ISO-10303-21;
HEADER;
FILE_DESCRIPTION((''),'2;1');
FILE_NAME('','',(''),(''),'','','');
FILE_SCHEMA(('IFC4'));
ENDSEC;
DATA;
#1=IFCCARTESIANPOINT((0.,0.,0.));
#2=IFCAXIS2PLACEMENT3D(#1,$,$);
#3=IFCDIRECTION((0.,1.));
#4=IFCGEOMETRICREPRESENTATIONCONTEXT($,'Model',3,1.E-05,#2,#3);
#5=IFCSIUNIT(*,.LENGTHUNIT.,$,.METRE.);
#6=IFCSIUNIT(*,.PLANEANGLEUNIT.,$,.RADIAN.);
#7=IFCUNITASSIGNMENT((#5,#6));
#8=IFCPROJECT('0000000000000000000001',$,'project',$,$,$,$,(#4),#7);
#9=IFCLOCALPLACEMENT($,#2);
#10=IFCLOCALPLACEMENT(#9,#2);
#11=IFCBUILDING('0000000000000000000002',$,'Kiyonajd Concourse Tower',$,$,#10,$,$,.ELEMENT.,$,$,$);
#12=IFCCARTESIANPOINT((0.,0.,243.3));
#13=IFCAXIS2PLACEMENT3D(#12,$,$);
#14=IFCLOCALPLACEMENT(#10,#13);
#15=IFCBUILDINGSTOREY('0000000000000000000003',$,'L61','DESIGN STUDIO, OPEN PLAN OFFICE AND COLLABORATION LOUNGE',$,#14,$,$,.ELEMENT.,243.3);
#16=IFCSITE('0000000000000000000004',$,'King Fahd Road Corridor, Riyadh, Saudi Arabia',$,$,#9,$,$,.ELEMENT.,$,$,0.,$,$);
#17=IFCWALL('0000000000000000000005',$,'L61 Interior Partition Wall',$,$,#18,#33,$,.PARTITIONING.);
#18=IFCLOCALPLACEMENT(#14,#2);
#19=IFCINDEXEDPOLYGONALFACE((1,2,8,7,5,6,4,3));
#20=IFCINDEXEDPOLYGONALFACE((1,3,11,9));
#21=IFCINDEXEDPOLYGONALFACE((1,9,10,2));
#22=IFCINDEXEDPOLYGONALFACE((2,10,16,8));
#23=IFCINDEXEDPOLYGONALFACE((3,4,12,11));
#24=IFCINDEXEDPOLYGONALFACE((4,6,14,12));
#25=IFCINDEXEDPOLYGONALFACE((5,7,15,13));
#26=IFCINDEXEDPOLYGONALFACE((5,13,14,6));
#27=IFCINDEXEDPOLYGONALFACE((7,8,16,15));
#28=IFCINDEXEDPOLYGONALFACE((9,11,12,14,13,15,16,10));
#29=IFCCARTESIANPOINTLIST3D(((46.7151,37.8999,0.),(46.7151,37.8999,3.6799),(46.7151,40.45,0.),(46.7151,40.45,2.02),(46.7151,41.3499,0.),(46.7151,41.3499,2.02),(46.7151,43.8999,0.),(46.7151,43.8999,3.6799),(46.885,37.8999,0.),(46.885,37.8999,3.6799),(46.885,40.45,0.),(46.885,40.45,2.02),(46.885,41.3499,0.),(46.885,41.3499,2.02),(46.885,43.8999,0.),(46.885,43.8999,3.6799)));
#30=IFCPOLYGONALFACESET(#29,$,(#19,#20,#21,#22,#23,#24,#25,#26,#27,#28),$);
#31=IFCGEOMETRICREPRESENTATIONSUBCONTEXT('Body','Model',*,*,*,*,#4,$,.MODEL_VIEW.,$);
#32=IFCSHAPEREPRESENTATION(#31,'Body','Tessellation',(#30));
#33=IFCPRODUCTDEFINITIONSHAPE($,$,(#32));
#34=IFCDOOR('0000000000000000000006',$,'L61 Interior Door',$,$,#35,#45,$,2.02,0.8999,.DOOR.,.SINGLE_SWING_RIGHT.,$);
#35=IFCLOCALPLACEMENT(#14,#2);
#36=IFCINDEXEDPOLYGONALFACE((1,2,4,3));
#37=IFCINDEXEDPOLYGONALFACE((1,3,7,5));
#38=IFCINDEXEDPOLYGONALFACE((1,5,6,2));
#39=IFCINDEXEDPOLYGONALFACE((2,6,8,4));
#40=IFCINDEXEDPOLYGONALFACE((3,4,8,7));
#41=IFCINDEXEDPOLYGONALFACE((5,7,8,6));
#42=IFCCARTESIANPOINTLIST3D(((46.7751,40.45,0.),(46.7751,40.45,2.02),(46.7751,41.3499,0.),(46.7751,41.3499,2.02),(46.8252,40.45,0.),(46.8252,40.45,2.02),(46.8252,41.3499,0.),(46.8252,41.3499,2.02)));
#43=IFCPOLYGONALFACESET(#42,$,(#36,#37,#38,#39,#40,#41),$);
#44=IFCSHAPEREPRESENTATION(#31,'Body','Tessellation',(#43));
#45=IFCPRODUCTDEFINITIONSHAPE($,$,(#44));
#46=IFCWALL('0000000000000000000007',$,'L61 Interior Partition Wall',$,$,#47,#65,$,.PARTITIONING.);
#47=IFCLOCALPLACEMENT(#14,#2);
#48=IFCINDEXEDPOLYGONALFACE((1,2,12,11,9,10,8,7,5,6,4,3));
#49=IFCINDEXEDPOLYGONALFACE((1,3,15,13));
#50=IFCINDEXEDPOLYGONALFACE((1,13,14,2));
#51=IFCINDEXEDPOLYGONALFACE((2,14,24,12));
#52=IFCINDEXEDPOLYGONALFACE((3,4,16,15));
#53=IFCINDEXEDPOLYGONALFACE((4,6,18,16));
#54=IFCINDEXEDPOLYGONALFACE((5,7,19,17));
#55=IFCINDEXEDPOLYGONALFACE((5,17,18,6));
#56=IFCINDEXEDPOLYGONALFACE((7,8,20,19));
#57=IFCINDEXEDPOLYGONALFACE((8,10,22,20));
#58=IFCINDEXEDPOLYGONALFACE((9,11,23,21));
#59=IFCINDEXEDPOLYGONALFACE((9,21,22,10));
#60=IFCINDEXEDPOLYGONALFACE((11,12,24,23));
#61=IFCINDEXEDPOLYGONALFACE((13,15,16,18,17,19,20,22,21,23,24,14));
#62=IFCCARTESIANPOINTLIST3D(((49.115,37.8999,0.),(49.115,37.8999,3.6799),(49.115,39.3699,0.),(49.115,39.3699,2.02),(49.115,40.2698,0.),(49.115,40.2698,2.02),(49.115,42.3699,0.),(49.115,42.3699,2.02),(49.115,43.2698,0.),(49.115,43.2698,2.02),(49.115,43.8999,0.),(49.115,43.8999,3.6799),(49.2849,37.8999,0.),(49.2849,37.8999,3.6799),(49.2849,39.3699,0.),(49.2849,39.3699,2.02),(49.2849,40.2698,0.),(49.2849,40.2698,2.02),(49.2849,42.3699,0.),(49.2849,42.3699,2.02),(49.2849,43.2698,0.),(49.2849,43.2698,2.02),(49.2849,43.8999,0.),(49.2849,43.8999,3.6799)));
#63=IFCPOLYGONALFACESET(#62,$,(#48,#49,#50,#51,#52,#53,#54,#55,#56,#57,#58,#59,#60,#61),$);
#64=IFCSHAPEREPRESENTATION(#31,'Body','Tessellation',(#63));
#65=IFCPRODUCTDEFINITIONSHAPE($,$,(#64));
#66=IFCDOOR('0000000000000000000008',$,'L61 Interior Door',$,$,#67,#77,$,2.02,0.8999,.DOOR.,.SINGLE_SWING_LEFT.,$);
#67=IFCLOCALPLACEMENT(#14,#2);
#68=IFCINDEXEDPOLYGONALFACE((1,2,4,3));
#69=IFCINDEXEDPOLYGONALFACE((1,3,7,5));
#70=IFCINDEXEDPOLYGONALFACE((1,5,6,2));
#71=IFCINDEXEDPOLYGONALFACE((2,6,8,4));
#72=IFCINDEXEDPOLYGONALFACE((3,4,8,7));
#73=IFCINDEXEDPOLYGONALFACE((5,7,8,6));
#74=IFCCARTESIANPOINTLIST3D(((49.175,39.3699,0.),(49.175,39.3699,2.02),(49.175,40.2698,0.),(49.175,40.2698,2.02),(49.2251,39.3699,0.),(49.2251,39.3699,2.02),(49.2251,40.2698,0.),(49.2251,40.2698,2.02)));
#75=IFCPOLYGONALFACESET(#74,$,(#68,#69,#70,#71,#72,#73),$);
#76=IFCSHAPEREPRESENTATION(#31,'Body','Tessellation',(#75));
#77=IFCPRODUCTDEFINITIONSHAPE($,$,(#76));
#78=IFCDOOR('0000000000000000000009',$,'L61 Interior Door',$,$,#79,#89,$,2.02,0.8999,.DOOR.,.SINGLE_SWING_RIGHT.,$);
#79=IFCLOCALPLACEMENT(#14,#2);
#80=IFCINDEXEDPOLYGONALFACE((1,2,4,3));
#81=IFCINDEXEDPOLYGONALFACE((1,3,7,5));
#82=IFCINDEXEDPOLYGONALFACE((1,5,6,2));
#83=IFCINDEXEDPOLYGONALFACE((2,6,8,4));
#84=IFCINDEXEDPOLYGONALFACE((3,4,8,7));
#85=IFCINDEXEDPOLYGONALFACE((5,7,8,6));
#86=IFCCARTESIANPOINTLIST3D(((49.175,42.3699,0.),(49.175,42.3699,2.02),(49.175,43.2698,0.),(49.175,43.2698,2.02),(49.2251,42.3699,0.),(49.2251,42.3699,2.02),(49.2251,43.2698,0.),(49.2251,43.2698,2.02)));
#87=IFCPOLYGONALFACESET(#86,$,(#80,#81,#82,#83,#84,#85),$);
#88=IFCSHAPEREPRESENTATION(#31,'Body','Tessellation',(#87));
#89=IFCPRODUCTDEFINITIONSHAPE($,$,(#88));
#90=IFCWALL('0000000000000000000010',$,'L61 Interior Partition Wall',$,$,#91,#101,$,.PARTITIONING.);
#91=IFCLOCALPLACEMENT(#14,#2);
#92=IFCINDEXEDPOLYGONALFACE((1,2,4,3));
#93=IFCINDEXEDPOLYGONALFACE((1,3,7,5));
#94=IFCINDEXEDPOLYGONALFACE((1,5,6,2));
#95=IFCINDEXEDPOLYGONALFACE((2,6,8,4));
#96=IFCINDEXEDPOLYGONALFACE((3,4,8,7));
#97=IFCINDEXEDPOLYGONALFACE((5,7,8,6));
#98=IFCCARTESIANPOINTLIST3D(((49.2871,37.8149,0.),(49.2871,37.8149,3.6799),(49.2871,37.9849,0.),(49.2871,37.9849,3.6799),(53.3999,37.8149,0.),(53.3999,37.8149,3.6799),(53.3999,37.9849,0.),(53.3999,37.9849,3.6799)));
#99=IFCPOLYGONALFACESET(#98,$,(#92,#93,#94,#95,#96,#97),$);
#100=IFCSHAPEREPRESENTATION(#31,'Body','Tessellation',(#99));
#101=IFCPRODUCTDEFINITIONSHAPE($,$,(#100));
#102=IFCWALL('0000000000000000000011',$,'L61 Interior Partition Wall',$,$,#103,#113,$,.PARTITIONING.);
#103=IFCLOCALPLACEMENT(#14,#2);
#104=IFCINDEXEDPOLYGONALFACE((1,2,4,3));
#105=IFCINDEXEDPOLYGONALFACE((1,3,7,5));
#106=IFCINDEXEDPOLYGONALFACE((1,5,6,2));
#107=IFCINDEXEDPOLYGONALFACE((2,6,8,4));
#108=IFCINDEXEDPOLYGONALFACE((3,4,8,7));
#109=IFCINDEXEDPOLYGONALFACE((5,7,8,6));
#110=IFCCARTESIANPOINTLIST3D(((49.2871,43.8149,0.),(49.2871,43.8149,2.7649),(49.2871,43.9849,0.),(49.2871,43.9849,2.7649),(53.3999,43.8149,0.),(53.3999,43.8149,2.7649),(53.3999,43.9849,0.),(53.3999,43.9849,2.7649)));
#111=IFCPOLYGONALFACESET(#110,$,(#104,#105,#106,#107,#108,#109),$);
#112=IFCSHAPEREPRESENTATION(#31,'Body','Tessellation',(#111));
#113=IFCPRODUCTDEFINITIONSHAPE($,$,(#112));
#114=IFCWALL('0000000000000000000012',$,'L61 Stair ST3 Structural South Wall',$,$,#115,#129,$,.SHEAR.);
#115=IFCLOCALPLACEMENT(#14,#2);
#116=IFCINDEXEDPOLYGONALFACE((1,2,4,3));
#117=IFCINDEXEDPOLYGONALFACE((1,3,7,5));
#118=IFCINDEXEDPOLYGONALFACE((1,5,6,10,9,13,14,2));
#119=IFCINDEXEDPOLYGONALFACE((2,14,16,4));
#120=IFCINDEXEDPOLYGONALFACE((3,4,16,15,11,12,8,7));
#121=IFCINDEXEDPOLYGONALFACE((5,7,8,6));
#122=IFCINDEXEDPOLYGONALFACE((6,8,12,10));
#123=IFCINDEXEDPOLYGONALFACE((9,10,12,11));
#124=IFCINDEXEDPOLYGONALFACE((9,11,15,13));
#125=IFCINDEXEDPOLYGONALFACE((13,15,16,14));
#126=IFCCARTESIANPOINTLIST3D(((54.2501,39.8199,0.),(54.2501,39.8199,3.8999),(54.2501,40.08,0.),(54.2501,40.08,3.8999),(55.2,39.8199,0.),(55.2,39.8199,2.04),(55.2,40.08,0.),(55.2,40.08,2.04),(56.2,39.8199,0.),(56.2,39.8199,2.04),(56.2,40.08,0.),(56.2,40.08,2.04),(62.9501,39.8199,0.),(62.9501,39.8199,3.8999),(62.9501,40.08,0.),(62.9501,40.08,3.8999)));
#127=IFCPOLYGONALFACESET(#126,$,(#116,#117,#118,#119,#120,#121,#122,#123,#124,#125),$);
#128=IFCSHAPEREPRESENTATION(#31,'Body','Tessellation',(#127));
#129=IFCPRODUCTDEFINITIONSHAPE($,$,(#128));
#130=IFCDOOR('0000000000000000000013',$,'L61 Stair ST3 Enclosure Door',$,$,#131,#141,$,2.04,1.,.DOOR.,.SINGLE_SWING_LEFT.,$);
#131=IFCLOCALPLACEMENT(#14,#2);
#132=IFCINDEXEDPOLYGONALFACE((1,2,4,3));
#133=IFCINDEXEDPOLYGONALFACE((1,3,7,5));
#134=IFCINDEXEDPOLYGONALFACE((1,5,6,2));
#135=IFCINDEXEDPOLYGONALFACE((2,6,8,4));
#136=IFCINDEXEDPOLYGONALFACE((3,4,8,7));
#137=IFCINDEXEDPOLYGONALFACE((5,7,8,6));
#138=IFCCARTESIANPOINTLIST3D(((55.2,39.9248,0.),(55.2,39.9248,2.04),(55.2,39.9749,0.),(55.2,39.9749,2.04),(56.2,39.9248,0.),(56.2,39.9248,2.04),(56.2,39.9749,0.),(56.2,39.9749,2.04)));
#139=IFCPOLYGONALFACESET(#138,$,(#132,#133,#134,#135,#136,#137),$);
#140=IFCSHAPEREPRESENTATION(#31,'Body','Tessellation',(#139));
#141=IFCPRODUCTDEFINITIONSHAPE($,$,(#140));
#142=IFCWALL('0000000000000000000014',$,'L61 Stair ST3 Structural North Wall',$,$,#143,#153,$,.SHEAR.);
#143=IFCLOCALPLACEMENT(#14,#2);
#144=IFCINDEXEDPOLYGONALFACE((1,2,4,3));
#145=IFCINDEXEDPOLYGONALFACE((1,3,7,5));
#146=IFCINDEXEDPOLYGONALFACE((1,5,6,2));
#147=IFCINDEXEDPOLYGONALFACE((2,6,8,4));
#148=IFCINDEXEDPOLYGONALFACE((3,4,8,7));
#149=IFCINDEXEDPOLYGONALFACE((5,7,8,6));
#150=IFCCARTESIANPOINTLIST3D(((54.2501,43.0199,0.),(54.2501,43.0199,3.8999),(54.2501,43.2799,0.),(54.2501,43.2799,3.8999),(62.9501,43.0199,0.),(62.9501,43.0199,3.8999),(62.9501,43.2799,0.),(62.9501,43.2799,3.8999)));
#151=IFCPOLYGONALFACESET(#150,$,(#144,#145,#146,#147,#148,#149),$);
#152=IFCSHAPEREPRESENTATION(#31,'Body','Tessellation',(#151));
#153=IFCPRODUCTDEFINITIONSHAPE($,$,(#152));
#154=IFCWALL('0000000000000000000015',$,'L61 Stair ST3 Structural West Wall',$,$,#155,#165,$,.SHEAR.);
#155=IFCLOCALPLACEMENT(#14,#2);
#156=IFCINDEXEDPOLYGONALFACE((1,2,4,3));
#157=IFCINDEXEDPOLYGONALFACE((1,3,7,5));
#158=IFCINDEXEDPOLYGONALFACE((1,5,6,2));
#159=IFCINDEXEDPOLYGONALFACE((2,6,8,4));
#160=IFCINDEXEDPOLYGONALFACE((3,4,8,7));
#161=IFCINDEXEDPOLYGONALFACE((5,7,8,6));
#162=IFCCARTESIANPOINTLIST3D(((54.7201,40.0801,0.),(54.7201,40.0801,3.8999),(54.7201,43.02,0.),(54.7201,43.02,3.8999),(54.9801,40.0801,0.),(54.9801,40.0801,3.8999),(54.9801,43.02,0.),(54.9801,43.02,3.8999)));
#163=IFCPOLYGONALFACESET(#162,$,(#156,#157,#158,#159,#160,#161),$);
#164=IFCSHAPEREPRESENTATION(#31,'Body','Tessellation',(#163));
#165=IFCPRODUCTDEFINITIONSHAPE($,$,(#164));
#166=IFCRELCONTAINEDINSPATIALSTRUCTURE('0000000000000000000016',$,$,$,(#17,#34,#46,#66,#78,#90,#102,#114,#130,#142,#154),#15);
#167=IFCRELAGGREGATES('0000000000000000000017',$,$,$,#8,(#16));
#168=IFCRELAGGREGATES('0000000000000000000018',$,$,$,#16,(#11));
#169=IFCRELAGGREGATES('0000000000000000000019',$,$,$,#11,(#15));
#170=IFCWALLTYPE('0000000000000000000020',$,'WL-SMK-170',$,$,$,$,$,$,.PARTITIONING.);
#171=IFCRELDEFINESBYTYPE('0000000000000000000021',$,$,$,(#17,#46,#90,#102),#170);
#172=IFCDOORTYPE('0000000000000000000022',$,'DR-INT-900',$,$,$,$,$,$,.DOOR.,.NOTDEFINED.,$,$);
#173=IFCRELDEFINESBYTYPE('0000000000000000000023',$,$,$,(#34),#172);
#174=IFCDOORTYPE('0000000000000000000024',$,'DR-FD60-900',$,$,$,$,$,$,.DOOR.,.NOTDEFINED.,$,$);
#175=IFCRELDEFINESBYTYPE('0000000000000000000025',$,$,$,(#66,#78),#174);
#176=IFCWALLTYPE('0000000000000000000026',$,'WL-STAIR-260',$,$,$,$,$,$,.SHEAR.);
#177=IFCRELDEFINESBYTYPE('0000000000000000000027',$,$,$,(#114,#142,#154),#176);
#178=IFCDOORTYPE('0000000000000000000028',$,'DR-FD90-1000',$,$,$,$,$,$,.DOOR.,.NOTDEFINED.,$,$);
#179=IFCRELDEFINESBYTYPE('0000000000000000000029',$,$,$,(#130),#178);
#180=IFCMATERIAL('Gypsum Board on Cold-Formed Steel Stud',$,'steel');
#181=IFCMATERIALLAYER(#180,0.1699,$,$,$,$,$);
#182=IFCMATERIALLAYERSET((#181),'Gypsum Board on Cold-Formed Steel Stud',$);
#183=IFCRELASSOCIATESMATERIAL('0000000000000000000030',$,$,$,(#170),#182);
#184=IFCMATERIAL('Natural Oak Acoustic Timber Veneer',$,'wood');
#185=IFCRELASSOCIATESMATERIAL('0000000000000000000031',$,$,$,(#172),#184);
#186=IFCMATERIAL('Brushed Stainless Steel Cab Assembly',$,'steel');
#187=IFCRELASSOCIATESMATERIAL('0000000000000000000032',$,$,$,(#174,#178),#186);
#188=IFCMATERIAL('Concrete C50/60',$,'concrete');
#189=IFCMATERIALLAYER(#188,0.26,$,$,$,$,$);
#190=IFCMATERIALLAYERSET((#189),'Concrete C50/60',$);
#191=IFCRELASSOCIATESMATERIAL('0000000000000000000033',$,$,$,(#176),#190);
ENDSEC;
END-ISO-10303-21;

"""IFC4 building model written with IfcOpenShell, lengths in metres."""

from ifc_helpers import new_model, si_unit, direction, frame, frame_2d, origin, place, context, subcontext, project, spatial, rectangle, extrude, material, layer, layer_set, type_object, element, fill, save


model = new_model("IFC4")

# Units and contexts
model_context = context("Model", 3, precision=1e-05, world=origin(), true_north=direction((0.0, 1.0)))
body_context = subcontext(model_context, "Body", "Model", "MODEL_VIEW")
ifc_project = project(units=[si_unit("LENGTHUNIT", "METRE"), si_unit("PLANEANGLEUNIT", "RADIAN")], contexts=[model_context])

# Site, building, storey
site_placement = place(None, origin())
site = spatial("IfcSite", under=ifc_project, at=site_placement, Name="King Fahd Road Corridor, Riyadh, Saudi Arabia", CompositionType="ELEMENT", RefElevation=0.0)
building_placement = place(site_placement, origin())
building = spatial("IfcBuilding", under=site, at=building_placement, Name="Kiyonajd Concourse Tower", CompositionType="ELEMENT")
storey_placement = place(building_placement, frame((0.0, 0.0, 243.3)))
storey = spatial("IfcBuildingStorey", under=building, at=storey_placement, Name="L61", Description="DESIGN STUDIO, OPEN PLAN OFFICE AND COLLABORATION LOUNGE", CompositionType="ELEMENT", Elevation=243.3)

# Shared definitions
ifc_material_1 = material(Name="Concrete C50/60", Category="concrete")

# Shared definitions
ifc_material_2 = material(Name="Gypsum Board on Cold-Formed Steel Stud", Category="steel")

# Shared definitions
ifc_material_3 = material(Name="Brushed Stainless Steel Cab Assembly", Category="steel")

# Wall, opening, door
ifc_layer_1 = layer(ifc_material_2, 0.1699)
ifc_layer_set_1 = layer_set([ifc_layer_1], Name="Gypsum Board on Cold-Formed Steel Stud")
wall_type_1 = type_object("IfcWallType", Name="WL-SMK-170", PredefinedType="PARTITIONING", material=ifc_layer_set_1)
wall_1_placement = place(storey_placement, frame((46.8, 37.8999, 0.0), z_axis=(0.0, 0.0, 1.0), x_axis=(0.0, 1.0, 0.0)))
wall_1 = element("IfcWall", 1, at=wall_1_placement, inside=storey, type_object=wall_type_1, Name="L61 Interior Partition Wall", PredefinedType="PARTITIONING", context=body_context, shape_type="SweptSolid", body=[
    extrude(rectangle(XDim=6.0, YDim=0.1699, at=frame_2d((3.0, 0.0))), origin(), (0.0, 0.0, 1.0), 3.6799),
])
opening_1_placement = place(wall_1_placement, frame((2.55, 0.0, 0.0)))
opening_1 = element("IfcOpeningElement", 2, at=opening_1_placement, cuts=wall_1, PredefinedType="OPENING", context=body_context, shape_type="SweptSolid", body=[
    extrude(rectangle(XDim=0.8999, YDim=2.02, at=frame_2d((0.45, 1.01))), frame((0.0, 0.095, 0.0), z_axis=(0.0, -1.0, 0.0), x_axis=(1.0, 0.0, 0.0)), (0.0, 0.0, 1.0), 0.1899),
])
ifc_material_4 = material(Name="Natural Oak Acoustic Timber Veneer", Category="wood")
door_type_1 = type_object("IfcDoorType", Name="DR-INT-900", OperationType="NOTDEFINED", PredefinedType="DOOR", material=ifc_material_4)
door_1_placement = place(opening_1_placement, origin())
door_1 = element("IfcDoor", 3, at=door_1_placement, inside=storey, type_object=door_type_1, Name="L61 Interior Door", OperationType="SINGLE_SWING_RIGHT", OverallHeight=2.02, OverallWidth=0.8999, PredefinedType="DOOR", context=body_context, shape_type="SweptSolid", body=[
    extrude(rectangle(XDim=0.8999, YDim=2.02, at=frame_2d((0.45, 1.01))), frame((0.0, 0.0249, 0.0), z_axis=(0.0, -1.0, 0.0), x_axis=(1.0, 0.0, 0.0)), (0.0, 0.0, 1.0), 0.05),
])
fill(opening_1, door_1)

# Wall, openings, doors
wall_2_placement = place(storey_placement, frame((49.2, 37.8999, 0.0), z_axis=(0.0, 0.0, 1.0), x_axis=(0.0, 1.0, 0.0)))
wall_2 = element("IfcWall", 4, at=wall_2_placement, inside=storey, type_object=wall_type_1, Name="L61 Interior Partition Wall", PredefinedType="PARTITIONING", context=body_context, shape_type="SweptSolid", body=[
    extrude(rectangle(XDim=6.0, YDim=0.1699, at=frame_2d((3.0, 0.0))), origin(), (0.0, 0.0, 1.0), 3.6799),
])
opening_2_placement = place(wall_2_placement, frame((1.47, 0.0, 0.0)))
opening_2 = element("IfcOpeningElement", 5, at=opening_2_placement, cuts=wall_2, PredefinedType="OPENING", context=body_context, shape_type="SweptSolid", body=[
    extrude(rectangle(XDim=0.8999, YDim=2.02, at=frame_2d((0.45, 1.01))), frame((0.0, 0.095, 0.0), z_axis=(0.0, -1.0, 0.0), x_axis=(1.0, 0.0, 0.0)), (0.0, 0.0, 1.0), 0.1899),
])
opening_3_placement = place(wall_2_placement, frame((4.47, 0.0, 0.0)))
opening_3 = element("IfcOpeningElement", 6, at=opening_3_placement, cuts=wall_2, PredefinedType="OPENING", context=body_context, shape_type="SweptSolid", body=[
    extrude(rectangle(XDim=0.8999, YDim=2.02, at=frame_2d((0.45, 1.01))), frame((0.0, 0.095, 0.0), z_axis=(0.0, -1.0, 0.0), x_axis=(1.0, 0.0, 0.0)), (0.0, 0.0, 1.0), 0.1899),
])
door_type_2 = type_object("IfcDoorType", Name="DR-FD60-900", OperationType="NOTDEFINED", PredefinedType="DOOR", material=ifc_material_3)
door_2_placement = place(opening_2_placement, origin())
door_2 = element("IfcDoor", 7, at=door_2_placement, inside=storey, type_object=door_type_2, Name="L61 Interior Door", OperationType="SINGLE_SWING_LEFT", OverallHeight=2.02, OverallWidth=0.8999, PredefinedType="DOOR", context=body_context, shape_type="SweptSolid", body=[
    extrude(rectangle(XDim=0.8999, YDim=2.02, at=frame_2d((0.45, 1.01))), frame((0.0, 0.0249, 0.0), z_axis=(0.0, -1.0, 0.0), x_axis=(1.0, 0.0, 0.0)), (0.0, 0.0, 1.0), 0.05),
])
fill(opening_2, door_2)
door_3_placement = place(opening_3_placement, origin())
door_3 = element("IfcDoor", 8, at=door_3_placement, inside=storey, type_object=door_type_2, Name="L61 Interior Door", OperationType="SINGLE_SWING_RIGHT", OverallHeight=2.02, OverallWidth=0.8999, PredefinedType="DOOR", context=body_context, shape_type="SweptSolid", body=[
    extrude(rectangle(XDim=0.8999, YDim=2.02, at=frame_2d((0.45, 1.01))), frame((0.0, 0.0249, 0.0), z_axis=(0.0, -1.0, 0.0), x_axis=(1.0, 0.0, 0.0)), (0.0, 0.0, 1.0), 0.05),
])
fill(opening_3, door_3)

# Walls
wall_3_placement = place(storey_placement, frame((49.2871, 37.8999, 0.0), z_axis=(0.0, 0.0, 1.0), x_axis=(1.0, 0.0, 0.0)))
element("IfcWall", 9, at=wall_3_placement, inside=storey, type_object=wall_type_1, Name="L61 Interior Partition Wall", PredefinedType="PARTITIONING", context=body_context, shape_type="SweptSolid", body=[
    extrude(rectangle(XDim=4.1128, YDim=0.1699, at=frame_2d((2.0564, 0.0))), origin(), (0.0, 0.0, 1.0), 3.6799),
])
wall_4_placement = place(storey_placement, frame((49.2871, 43.8999, 0.0), z_axis=(0.0, 0.0, 1.0), x_axis=(1.0, 0.0, 0.0)))
element("IfcWall", 10, at=wall_4_placement, inside=storey, type_object=wall_type_1, Name="L61 Interior Partition Wall", PredefinedType="PARTITIONING", context=body_context, shape_type="SweptSolid", body=[
    extrude(rectangle(XDim=4.1128, YDim=0.1699, at=frame_2d((2.0564, 0.0))), origin(), (0.0, 0.0, 1.0), 2.7649),
])

# Wall, opening, door
ifc_layer_2 = layer(ifc_material_1, 0.26)
ifc_layer_set_2 = layer_set([ifc_layer_2], Name="Concrete C50/60")
wall_type_2 = type_object("IfcWallType", Name="WL-STAIR-260", PredefinedType="SHEAR", material=ifc_layer_set_2)
wall_5_placement = place(storey_placement, frame((54.25, 39.95, 0.0), z_axis=(0.0, 0.0, 1.0), x_axis=(1.0, 0.0, 0.0)))
wall_5 = element("IfcWall", 11, at=wall_5_placement, inside=storey, type_object=wall_type_2, Name="L61 Stair ST3 Structural South Wall", PredefinedType="SHEAR", context=body_context, shape_type="SweptSolid", body=[
    extrude(rectangle(XDim=8.7, YDim=0.26, at=frame_2d((4.3501, 0.0))), origin(), (0.0, 0.0, 1.0), 3.8999),
])
opening_4_placement = place(wall_5_placement, frame((0.95, 0.0, 0.0)))
opening_4 = element("IfcOpeningElement", 12, at=opening_4_placement, cuts=wall_5, PredefinedType="OPENING", context=body_context, shape_type="SweptSolid", body=[
    extrude(rectangle(XDim=1.0, YDim=2.04, at=frame_2d((0.5, 1.02))), frame((0.0, 0.1399, 0.0), z_axis=(0.0, -1.0, 0.0), x_axis=(1.0, 0.0, 0.0)), (0.0, 0.0, 1.0), 0.28),
])
door_type_3 = type_object("IfcDoorType", Name="DR-FD90-1000", OperationType="NOTDEFINED", PredefinedType="DOOR", material=ifc_material_3)
door_4_placement = place(opening_4_placement, origin())
door_4 = element("IfcDoor", 13, at=door_4_placement, inside=storey, type_object=door_type_3, Name="L61 Stair ST3 Enclosure Door", OperationType="SINGLE_SWING_LEFT", OverallHeight=2.04, OverallWidth=1.0, PredefinedType="DOOR", context=body_context, shape_type="SweptSolid", body=[
    extrude(rectangle(XDim=1.0, YDim=2.04, at=frame_2d((0.5, 1.02))), frame((0.0, 0.0249, 0.0), z_axis=(0.0, -1.0, 0.0), x_axis=(1.0, 0.0, 0.0)), (0.0, 0.0, 1.0), 0.05),
])
fill(opening_4, door_4)

# Walls
wall_6_placement = place(storey_placement, frame((54.25, 43.1499, 0.0), z_axis=(0.0, 0.0, 1.0), x_axis=(1.0, 0.0, 0.0)))
element("IfcWall", 14, at=wall_6_placement, inside=storey, type_object=wall_type_2, Name="L61 Stair ST3 Structural North Wall", PredefinedType="SHEAR", context=body_context, shape_type="SweptSolid", body=[
    extrude(rectangle(XDim=8.7, YDim=0.26, at=frame_2d((4.3501, 0.0))), origin(), (0.0, 0.0, 1.0), 3.8999),
])
wall_7_placement = place(storey_placement, frame((54.8501, 40.0801, 0.0), z_axis=(0.0, 0.0, 1.0), x_axis=(0.0, 1.0, 0.0)))
element("IfcWall", 15, at=wall_7_placement, inside=storey, type_object=wall_type_2, Name="L61 Stair ST3 Structural West Wall", PredefinedType="SHEAR", context=body_context, shape_type="SweptSolid", body=[
    extrude(rectangle(XDim=2.9399, YDim=0.26, at=frame_2d((1.47, 0.0))), origin(), (0.0, 0.0, 1.0), 3.8999),
])

save(model, "model.ifc")
